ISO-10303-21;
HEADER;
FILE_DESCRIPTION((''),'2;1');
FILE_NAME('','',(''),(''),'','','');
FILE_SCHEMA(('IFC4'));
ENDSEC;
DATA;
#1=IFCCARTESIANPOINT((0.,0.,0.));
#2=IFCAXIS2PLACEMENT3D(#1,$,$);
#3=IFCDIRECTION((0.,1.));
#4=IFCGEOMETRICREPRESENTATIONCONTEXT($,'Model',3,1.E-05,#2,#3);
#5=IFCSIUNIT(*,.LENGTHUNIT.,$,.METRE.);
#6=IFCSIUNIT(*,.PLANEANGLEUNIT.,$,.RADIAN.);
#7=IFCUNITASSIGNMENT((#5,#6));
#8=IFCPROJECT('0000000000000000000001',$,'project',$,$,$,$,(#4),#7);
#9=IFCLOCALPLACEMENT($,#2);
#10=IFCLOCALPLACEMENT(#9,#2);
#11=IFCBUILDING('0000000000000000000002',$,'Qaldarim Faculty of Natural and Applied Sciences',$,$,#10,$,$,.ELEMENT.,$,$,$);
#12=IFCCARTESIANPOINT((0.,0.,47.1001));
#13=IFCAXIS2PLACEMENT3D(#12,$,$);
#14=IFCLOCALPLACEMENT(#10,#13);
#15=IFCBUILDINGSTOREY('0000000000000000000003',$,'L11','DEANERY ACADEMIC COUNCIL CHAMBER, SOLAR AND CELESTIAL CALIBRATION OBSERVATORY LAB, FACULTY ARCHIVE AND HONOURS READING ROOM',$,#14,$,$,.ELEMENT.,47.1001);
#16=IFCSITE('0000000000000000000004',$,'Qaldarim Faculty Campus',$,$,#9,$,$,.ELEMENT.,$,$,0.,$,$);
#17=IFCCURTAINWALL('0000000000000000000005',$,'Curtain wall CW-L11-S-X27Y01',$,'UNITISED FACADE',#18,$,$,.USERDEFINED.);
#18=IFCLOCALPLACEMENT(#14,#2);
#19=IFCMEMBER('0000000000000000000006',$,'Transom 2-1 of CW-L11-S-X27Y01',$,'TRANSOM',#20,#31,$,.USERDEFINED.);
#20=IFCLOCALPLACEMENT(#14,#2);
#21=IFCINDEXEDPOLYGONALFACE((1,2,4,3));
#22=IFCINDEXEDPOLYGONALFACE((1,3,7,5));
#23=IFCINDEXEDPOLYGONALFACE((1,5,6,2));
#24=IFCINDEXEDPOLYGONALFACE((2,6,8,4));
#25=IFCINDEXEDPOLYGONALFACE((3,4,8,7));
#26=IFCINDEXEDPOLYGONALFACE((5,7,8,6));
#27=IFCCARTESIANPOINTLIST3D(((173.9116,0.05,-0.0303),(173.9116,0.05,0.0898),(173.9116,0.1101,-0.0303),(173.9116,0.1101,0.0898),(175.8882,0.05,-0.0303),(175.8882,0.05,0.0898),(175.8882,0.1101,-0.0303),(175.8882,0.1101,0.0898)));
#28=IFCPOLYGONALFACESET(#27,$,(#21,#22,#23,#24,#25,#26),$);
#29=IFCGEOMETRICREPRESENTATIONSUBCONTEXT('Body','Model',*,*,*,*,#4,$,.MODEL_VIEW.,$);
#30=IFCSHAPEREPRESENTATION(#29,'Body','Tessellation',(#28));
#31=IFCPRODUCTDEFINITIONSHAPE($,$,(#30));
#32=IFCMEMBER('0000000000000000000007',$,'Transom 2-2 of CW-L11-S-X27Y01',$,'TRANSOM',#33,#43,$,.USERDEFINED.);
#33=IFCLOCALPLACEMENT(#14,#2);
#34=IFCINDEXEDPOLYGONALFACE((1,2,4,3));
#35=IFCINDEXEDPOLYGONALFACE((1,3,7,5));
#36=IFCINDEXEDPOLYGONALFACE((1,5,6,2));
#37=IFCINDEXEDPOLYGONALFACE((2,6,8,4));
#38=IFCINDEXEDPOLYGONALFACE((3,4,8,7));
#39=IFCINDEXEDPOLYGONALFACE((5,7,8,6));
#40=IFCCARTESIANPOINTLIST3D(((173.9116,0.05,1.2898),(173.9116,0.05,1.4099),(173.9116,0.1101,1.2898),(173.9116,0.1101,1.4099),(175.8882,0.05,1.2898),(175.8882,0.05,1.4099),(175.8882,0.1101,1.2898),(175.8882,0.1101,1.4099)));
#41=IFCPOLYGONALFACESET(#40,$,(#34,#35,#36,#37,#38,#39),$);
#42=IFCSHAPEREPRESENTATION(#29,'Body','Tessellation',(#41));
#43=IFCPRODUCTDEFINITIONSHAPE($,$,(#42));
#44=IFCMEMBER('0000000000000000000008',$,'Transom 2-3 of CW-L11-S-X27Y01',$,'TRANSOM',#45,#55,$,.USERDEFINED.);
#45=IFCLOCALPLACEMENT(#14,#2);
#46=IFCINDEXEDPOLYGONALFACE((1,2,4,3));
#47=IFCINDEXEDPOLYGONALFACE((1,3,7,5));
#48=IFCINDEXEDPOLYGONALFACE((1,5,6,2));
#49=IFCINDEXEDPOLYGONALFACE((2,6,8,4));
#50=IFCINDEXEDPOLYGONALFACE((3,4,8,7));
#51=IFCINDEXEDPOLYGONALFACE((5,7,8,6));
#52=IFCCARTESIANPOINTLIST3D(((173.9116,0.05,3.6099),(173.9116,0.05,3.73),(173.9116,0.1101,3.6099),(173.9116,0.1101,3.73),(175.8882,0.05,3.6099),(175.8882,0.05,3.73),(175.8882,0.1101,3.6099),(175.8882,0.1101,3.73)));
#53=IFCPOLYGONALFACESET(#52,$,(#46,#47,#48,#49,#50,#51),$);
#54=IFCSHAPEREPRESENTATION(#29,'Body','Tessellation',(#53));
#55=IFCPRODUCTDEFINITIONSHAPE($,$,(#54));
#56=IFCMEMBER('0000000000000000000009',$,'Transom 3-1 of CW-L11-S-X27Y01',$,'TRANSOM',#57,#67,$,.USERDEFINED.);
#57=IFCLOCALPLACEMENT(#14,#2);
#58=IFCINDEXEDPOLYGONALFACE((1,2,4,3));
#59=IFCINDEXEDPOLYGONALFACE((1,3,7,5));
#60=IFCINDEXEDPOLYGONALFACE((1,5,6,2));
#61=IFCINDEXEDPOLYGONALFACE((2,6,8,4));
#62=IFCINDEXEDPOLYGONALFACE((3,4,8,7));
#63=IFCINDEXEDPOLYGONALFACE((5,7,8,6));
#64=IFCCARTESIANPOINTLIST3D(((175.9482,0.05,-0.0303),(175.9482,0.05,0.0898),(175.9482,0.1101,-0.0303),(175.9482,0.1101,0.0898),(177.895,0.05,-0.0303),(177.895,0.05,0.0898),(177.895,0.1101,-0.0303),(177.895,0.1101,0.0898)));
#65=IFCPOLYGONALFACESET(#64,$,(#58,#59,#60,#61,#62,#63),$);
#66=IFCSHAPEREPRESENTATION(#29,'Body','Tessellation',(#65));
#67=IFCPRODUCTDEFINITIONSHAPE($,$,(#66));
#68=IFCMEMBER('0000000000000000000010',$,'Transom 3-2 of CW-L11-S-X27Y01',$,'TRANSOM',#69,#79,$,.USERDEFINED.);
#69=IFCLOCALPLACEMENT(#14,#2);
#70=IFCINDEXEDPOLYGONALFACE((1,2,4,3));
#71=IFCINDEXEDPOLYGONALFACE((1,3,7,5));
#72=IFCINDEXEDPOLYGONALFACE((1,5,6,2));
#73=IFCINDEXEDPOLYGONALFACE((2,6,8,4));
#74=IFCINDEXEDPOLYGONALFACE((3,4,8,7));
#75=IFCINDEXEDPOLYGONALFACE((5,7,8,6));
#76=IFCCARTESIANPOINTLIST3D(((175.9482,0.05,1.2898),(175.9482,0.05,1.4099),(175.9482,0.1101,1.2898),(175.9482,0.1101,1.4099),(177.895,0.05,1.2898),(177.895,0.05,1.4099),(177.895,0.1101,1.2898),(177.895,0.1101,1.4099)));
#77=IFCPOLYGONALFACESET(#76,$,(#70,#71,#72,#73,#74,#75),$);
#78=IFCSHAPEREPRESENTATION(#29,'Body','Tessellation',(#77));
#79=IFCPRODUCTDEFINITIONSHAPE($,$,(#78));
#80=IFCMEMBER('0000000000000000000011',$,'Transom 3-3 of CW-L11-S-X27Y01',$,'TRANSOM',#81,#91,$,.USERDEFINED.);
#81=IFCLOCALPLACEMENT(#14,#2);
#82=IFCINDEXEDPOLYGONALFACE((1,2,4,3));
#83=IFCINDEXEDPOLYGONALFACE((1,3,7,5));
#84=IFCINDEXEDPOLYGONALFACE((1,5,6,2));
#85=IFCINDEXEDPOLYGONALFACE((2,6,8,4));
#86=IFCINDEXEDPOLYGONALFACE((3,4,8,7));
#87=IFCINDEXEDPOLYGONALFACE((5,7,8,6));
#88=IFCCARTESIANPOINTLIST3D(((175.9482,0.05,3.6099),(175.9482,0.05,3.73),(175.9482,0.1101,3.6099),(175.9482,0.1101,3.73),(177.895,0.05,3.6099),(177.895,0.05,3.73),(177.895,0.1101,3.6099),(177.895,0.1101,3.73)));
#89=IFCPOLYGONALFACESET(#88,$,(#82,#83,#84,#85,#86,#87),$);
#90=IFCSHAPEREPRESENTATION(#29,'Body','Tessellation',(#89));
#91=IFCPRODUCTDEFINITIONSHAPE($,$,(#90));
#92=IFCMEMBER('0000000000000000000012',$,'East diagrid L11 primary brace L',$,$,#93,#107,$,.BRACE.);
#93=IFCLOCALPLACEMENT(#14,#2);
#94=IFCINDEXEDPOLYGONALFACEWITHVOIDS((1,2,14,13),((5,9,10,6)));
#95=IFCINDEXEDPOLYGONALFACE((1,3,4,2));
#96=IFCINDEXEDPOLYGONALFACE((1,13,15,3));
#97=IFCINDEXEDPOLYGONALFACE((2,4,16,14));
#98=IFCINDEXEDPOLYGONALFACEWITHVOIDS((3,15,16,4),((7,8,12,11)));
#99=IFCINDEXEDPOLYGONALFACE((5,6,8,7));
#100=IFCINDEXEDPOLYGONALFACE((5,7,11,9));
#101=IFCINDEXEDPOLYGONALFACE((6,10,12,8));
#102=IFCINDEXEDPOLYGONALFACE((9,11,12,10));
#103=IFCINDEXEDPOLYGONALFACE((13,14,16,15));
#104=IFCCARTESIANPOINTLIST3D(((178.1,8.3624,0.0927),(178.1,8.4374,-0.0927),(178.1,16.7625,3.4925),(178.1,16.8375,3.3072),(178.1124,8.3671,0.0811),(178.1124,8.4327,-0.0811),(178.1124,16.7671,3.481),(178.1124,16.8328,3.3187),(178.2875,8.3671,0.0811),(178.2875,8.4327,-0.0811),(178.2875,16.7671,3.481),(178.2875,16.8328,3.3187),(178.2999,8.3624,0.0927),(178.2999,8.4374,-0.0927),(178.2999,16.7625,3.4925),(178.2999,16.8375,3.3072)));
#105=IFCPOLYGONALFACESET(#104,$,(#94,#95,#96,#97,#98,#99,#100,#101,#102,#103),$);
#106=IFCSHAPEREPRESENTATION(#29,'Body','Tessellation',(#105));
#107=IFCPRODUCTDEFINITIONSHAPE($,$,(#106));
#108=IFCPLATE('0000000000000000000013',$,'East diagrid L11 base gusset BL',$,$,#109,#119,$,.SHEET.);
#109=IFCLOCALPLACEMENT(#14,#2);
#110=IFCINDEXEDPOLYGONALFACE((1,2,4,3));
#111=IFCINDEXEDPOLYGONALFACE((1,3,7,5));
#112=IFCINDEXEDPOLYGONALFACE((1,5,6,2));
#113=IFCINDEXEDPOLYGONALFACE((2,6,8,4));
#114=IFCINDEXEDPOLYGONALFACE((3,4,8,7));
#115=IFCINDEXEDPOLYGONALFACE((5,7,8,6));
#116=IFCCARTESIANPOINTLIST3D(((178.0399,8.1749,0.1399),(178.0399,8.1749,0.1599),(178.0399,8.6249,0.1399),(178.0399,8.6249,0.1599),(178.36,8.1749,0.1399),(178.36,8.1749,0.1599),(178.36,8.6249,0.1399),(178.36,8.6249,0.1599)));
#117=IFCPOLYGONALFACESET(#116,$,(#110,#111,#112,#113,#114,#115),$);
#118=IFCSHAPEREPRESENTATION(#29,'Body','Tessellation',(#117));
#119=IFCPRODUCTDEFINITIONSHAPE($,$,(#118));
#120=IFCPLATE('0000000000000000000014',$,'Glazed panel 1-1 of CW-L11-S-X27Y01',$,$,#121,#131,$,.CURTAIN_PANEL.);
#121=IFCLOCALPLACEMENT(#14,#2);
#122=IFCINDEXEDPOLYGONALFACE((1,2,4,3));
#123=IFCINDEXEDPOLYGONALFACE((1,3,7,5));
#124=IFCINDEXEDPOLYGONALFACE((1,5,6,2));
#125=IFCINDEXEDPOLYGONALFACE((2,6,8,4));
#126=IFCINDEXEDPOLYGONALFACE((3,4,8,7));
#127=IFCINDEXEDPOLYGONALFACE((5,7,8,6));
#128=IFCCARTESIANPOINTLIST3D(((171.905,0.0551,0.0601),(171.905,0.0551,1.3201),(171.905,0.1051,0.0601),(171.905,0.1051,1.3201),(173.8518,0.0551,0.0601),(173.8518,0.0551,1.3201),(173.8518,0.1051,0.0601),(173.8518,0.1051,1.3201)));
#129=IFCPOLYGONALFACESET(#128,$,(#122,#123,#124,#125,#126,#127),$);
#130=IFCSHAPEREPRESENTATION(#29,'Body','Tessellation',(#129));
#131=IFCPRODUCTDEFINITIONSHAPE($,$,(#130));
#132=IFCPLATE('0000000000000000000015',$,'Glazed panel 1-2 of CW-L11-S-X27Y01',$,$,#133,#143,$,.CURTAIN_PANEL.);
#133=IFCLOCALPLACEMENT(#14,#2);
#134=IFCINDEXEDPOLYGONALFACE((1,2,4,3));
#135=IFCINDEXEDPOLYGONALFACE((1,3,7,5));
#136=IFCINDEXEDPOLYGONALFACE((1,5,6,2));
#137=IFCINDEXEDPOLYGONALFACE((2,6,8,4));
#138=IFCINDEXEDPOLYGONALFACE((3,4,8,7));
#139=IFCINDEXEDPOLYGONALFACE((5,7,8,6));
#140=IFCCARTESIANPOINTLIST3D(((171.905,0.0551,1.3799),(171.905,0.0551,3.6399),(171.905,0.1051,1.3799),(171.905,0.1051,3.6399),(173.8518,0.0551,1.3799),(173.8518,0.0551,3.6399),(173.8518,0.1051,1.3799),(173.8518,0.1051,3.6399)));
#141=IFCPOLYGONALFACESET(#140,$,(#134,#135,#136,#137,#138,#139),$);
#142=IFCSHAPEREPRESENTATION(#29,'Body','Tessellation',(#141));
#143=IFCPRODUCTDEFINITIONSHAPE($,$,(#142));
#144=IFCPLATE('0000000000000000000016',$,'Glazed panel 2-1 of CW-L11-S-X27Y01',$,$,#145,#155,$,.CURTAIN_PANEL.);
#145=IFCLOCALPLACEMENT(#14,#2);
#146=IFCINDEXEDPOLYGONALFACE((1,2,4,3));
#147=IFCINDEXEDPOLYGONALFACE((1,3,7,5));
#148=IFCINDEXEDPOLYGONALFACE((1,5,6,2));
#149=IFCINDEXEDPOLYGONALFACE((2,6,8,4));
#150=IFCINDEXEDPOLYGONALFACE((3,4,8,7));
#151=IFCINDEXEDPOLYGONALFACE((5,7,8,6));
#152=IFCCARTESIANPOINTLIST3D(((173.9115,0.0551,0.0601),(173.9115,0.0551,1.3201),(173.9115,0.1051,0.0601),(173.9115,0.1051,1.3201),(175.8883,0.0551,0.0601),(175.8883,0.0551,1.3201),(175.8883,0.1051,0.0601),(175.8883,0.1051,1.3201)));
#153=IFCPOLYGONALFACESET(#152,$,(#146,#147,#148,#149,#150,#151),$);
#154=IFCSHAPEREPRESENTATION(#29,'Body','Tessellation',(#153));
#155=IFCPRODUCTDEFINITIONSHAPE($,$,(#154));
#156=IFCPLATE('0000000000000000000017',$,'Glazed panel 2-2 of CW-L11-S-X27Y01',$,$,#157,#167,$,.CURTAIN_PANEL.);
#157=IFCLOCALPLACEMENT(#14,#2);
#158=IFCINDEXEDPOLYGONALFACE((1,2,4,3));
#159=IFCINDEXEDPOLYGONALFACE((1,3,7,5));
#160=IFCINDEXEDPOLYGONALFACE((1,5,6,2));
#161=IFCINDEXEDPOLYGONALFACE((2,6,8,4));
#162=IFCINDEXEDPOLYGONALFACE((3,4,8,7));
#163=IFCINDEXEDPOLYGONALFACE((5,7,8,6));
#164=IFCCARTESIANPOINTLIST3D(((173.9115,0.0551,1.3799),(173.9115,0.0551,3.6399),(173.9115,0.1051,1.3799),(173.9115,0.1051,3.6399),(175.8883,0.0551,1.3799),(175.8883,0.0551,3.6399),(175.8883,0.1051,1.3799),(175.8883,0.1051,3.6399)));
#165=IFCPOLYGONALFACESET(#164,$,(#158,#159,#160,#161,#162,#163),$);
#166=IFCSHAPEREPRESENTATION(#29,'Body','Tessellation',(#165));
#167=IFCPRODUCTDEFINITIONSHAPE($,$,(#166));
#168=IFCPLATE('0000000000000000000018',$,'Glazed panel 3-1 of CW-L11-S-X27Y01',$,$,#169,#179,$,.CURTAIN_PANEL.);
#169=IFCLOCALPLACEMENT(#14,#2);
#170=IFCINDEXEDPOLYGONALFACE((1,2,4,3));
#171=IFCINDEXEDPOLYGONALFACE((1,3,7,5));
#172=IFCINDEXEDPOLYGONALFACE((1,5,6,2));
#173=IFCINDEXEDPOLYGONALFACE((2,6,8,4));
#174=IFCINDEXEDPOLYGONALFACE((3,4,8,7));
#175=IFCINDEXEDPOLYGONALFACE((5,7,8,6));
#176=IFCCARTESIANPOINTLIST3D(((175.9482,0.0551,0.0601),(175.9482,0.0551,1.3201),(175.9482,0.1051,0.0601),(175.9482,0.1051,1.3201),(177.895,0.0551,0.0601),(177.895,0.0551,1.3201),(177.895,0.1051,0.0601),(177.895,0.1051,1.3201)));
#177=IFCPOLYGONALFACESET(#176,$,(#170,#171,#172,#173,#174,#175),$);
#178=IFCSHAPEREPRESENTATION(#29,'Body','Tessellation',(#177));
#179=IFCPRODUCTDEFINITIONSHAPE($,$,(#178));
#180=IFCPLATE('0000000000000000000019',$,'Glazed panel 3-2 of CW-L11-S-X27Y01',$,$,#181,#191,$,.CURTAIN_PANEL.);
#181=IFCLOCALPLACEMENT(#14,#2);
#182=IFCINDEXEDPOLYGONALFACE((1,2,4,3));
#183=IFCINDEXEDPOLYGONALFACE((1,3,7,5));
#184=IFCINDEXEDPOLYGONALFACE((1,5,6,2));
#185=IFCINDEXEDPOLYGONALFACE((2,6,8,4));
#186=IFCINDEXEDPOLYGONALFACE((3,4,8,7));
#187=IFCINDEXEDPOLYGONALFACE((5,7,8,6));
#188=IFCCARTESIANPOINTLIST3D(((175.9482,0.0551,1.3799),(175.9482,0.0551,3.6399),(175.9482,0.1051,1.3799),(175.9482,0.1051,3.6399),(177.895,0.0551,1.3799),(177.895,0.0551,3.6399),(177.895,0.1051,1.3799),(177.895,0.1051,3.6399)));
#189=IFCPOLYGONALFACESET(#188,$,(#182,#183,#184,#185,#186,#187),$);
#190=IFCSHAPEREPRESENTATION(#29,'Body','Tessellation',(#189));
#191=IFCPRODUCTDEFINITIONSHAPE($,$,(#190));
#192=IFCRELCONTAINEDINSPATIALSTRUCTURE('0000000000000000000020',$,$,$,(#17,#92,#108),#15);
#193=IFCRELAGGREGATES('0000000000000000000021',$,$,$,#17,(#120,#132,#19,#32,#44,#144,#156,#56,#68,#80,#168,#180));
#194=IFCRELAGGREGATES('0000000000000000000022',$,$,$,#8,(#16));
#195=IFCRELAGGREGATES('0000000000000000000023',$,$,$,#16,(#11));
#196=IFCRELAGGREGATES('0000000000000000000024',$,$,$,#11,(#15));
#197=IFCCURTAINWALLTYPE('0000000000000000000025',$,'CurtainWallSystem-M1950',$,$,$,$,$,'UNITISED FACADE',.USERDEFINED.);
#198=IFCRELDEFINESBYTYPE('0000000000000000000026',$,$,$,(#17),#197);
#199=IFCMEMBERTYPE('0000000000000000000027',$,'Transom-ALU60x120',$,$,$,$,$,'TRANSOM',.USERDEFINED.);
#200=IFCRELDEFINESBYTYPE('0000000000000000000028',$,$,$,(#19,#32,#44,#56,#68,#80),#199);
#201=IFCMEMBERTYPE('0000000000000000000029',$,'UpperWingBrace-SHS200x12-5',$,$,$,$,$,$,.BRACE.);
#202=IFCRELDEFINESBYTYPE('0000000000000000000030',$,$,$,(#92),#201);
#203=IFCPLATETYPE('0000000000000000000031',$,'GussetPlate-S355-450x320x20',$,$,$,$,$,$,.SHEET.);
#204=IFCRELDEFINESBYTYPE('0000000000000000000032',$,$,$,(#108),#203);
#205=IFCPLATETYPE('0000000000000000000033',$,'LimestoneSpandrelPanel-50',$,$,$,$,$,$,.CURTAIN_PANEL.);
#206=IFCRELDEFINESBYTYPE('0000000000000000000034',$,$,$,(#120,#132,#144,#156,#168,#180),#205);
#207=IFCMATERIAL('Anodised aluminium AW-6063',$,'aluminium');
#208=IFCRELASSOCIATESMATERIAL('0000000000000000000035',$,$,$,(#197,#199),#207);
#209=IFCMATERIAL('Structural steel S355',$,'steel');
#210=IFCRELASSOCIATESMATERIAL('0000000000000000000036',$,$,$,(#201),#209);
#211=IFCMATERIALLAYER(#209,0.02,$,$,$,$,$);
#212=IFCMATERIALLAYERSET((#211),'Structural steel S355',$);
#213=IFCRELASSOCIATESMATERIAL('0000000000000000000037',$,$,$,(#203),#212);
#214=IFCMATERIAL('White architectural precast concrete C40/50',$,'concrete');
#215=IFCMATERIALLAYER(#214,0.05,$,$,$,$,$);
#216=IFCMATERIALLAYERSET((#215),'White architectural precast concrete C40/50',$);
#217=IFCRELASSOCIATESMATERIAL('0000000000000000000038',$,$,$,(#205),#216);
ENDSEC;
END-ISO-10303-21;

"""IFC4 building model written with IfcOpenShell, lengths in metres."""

from ifc_helpers import new_model, si_unit, direction, frame, origin, origin_2d, place, context, subcontext, project, spatial, rectangle, hollow_rectangle, extrude, material, layer, layer_set, material_profile, profile_set, type_object, element, aggregate, save


model = new_model("IFC4")

# Units and contexts
model_context = context("Model", 3, precision=1e-05, world=origin(), true_north=direction((0.0, 1.0)))
body_context = subcontext(model_context, "Body", "Model", "MODEL_VIEW")
ifc_project = project(units=[si_unit("LENGTHUNIT", "METRE"), si_unit("PLANEANGLEUNIT", "RADIAN")], contexts=[model_context])

# Site, building, storey
site_placement = place(None, origin())
site = spatial("IfcSite", under=ifc_project, at=site_placement, Name="Qaldarim Faculty Campus", CompositionType="ELEMENT", RefElevation=0.0)
building_placement = place(site_placement, origin())
building = spatial("IfcBuilding", under=site, at=building_placement, Name="Qaldarim Faculty of Natural and Applied Sciences", CompositionType="ELEMENT")
storey_placement = place(building_placement, frame((0.0, 0.0, 47.1001)))
storey = spatial("IfcBuildingStorey", under=building, at=storey_placement, Name="L11", Description="DEANERY ACADEMIC COUNCIL CHAMBER, SOLAR AND CELESTIAL CALIBRATION OBSERVATORY LAB, FACULTY ARCHIVE AND HONOURS READING ROOM", CompositionType="ELEMENT", Elevation=47.1001)

# Curtain wall
ifc_material_1 = material(Name="Anodised aluminium AW-6063", Category="aluminium")
curtain_wall_type = type_object("IfcCurtainWallType", Name="CurtainWallSystem-M1950", ElementType="UNITISED FACADE", PredefinedType="USERDEFINED", material=ifc_material_1)
curtain_wall_placement = place(storey_placement, origin())
curtain_wall = element("IfcCurtainWall", 1, at=curtain_wall_placement, inside=storey, type_object=curtain_wall_type, Name="Curtain wall CW-L11-S-X27Y01", ObjectType="UNITISED FACADE", PredefinedType="USERDEFINED")

# Members
ifc_material_profile_1 = material_profile(ifc_material_1, rectangle(XDim=0.0601, YDim=0.1201, at=origin_2d()), Name="ALU-T60x120")
ifc_profile_set_1 = profile_set([ifc_material_profile_1], Name="Anodised aluminium AW-6063")
member_type_1 = type_object("IfcMemberType", Name="Transom-ALU60x120", ElementType="TRANSOM", PredefinedType="USERDEFINED", material=ifc_profile_set_1)
member_1_placement = place(storey_placement, frame((173.9116, 0.0801, 0.0298), z_axis=(1.0, 0.0, 0.0), x_axis=(0.0, 1.0, 0.0)))
member_1 = element("IfcMember", 2, at=member_1_placement, type_object=member_type_1, Name="Transom 2-1 of CW-L11-S-X27Y01", ObjectType="TRANSOM", PredefinedType="USERDEFINED", context=body_context, shape_type="SweptSolid", body=[
    extrude(rectangle(XDim=0.0601, YDim=0.1201, at=origin_2d()), origin(), (0.0, 0.0, 1.0), 1.9766),
])
member_2_placement = place(storey_placement, frame((173.9116, 0.0801, 1.3499), z_axis=(1.0, 0.0, 0.0), x_axis=(0.0, 1.0, 0.0)))
member_2 = element("IfcMember", 3, at=member_2_placement, type_object=member_type_1, Name="Transom 2-2 of CW-L11-S-X27Y01", ObjectType="TRANSOM", PredefinedType="USERDEFINED", context=body_context, shape_type="SweptSolid", body=[
    extrude(rectangle(XDim=0.0601, YDim=0.1201, at=origin_2d()), origin(), (0.0, 0.0, 1.0), 1.9766),
])
member_3_placement = place(storey_placement, frame((173.9116, 0.0801, 3.6699), z_axis=(1.0, 0.0, 0.0), x_axis=(0.0, 1.0, 0.0)))
member_3 = element("IfcMember", 4, at=member_3_placement, type_object=member_type_1, Name="Transom 2-3 of CW-L11-S-X27Y01", ObjectType="TRANSOM", PredefinedType="USERDEFINED", context=body_context, shape_type="SweptSolid", body=[
    extrude(rectangle(XDim=0.0601, YDim=0.1201, at=origin_2d()), origin(), (0.0, 0.0, 1.0), 1.9766),
])
member_4_placement = place(storey_placement, frame((175.9482, 0.0801, 0.0298), z_axis=(1.0, 0.0, 0.0), x_axis=(0.0, 1.0, 0.0)))
member_4 = element("IfcMember", 5, at=member_4_placement, type_object=member_type_1, Name="Transom 3-1 of CW-L11-S-X27Y01", ObjectType="TRANSOM", PredefinedType="USERDEFINED", context=body_context, shape_type="SweptSolid", body=[
    extrude(rectangle(XDim=0.0601, YDim=0.1201, at=origin_2d()), origin(), (0.0, 0.0, 1.0), 1.9468),
])
member_5_placement = place(storey_placement, frame((175.9482, 0.0801, 1.3499), z_axis=(1.0, 0.0, 0.0), x_axis=(0.0, 1.0, 0.0)))
member_5 = element("IfcMember", 6, at=member_5_placement, type_object=member_type_1, Name="Transom 3-2 of CW-L11-S-X27Y01", ObjectType="TRANSOM", PredefinedType="USERDEFINED", context=body_context, shape_type="SweptSolid", body=[
    extrude(rectangle(XDim=0.0601, YDim=0.1201, at=origin_2d()), origin(), (0.0, 0.0, 1.0), 1.9468),
])
member_6_placement = place(storey_placement, frame((175.9482, 0.0801, 3.6699), z_axis=(1.0, 0.0, 0.0), x_axis=(0.0, 1.0, 0.0)))
member_6 = element("IfcMember", 7, at=member_6_placement, type_object=member_type_1, Name="Transom 3-3 of CW-L11-S-X27Y01", ObjectType="TRANSOM", PredefinedType="USERDEFINED", context=body_context, shape_type="SweptSolid", body=[
    extrude(rectangle(XDim=0.0601, YDim=0.1201, at=origin_2d()), origin(), (0.0, 0.0, 1.0), 1.9468),
])
ifc_material_2 = material(Name="Structural steel S355", Category="steel")
ifc_material_profile_2 = material_profile(ifc_material_2, hollow_rectangle(XDim=0.2, YDim=0.2, WallThickness=0.0125, at=origin_2d()), Name="SHS 200x200x12.5")
ifc_profile_set_2 = profile_set([ifc_material_profile_2], Name="Structural steel S355")
member_type_2 = type_object("IfcMemberType", Name="UpperWingBrace-SHS200x12-5", PredefinedType="BRACE", material=ifc_profile_set_2)
member_7_placement = place(storey_placement, frame((178.2, 8.3999, 0.0), z_axis=(0.0, 0.926953, 0.375178), x_axis=(-1.0, 0.0, 0.0)))
element("IfcMember", 8, at=member_7_placement, inside=storey, type_object=member_type_2, Name="East diagrid L11 primary brace L", PredefinedType="BRACE", context=body_context, shape_type="SweptSolid", body=[
    extrude(hollow_rectangle(XDim=0.2, YDim=0.2, WallThickness=0.0125, at=origin_2d()), origin(), (0.0, 0.0, 1.0), 9.062),
])

# Plates
ifc_layer_1 = layer(ifc_material_2, 0.02)
ifc_layer_set_1 = layer_set([ifc_layer_1], Name="Structural steel S355")
plate_type_1 = type_object("IfcPlateType", Name="GussetPlate-S355-450x320x20", PredefinedType="SHEET", material=ifc_layer_set_1)
plate_1_placement = place(storey_placement, frame((178.2, 8.3999, 0.1399), z_axis=(0.0, 0.0, 1.0), x_axis=(0.0, 1.0, 0.0)))
element("IfcPlate", 9, at=plate_1_placement, inside=storey, type_object=plate_type_1, Name="East diagrid L11 base gusset BL", PredefinedType="SHEET", context=body_context, shape_type="SweptSolid", body=[
    extrude(rectangle(XDim=0.45, YDim=0.3201, at=origin_2d()), origin(), (0.0, 0.0, 1.0), 0.02),
])
ifc_material_3 = material(Name="White architectural precast concrete C40/50", Category="concrete")
ifc_layer_2 = layer(ifc_material_3, 0.05)
ifc_layer_set_2 = layer_set([ifc_layer_2], Name="White architectural precast concrete C40/50")
plate_type_2 = type_object("IfcPlateType", Name="LimestoneSpandrelPanel-50", PredefinedType="CURTAIN_PANEL", material=ifc_layer_set_2)
plate_2_placement = place(storey_placement, frame((172.8784, 0.0801, 0.0601), z_axis=(0.0, 0.0, 1.0), x_axis=(1.0, 0.0, 0.0)))
plate_2 = element("IfcPlate", 10, at=plate_2_placement, type_object=plate_type_2, Name="Glazed panel 1-1 of CW-L11-S-X27Y01", PredefinedType="CURTAIN_PANEL", context=body_context, shape_type="SweptSolid", body=[
    extrude(rectangle(XDim=1.9468, YDim=0.05, at=origin_2d()), origin(), (0.0, 0.0, 1.0), 1.26),
])
plate_3_placement = place(storey_placement, frame((172.8784, 0.0801, 1.3799), z_axis=(0.0, 0.0, 1.0), x_axis=(1.0, 0.0, 0.0)))
plate_3 = element("IfcPlate", 11, at=plate_3_placement, type_object=plate_type_2, Name="Glazed panel 1-2 of CW-L11-S-X27Y01", PredefinedType="CURTAIN_PANEL", context=body_context, shape_type="SweptSolid", body=[
    extrude(rectangle(XDim=1.9468, YDim=0.05, at=origin_2d()), origin(), (0.0, 0.0, 1.0), 2.26),
])
plate_4_placement = place(storey_placement, frame((174.8999, 0.0801, 0.0601), z_axis=(0.0, 0.0, 1.0), x_axis=(1.0, 0.0, 0.0)))
plate_4 = element("IfcPlate", 12, at=plate_4_placement, type_object=plate_type_2, Name="Glazed panel 2-1 of CW-L11-S-X27Y01", PredefinedType="CURTAIN_PANEL", context=body_context, shape_type="SweptSolid", body=[
    extrude(rectangle(XDim=1.9768, YDim=0.05, at=origin_2d()), origin(), (0.0, 0.0, 1.0), 1.26),
])
plate_5_placement = place(storey_placement, frame((174.8999, 0.0801, 1.3799), z_axis=(0.0, 0.0, 1.0), x_axis=(1.0, 0.0, 0.0)))
plate_5 = element("IfcPlate", 13, at=plate_5_placement, type_object=plate_type_2, Name="Glazed panel 2-2 of CW-L11-S-X27Y01", PredefinedType="CURTAIN_PANEL", context=body_context, shape_type="SweptSolid", body=[
    extrude(rectangle(XDim=1.9768, YDim=0.05, at=origin_2d()), origin(), (0.0, 0.0, 1.0), 2.26),
])
plate_6_placement = place(storey_placement, frame((176.9216, 0.0801, 0.0601), z_axis=(0.0, 0.0, 1.0), x_axis=(1.0, 0.0, 0.0)))
plate_6 = element("IfcPlate", 14, at=plate_6_placement, type_object=plate_type_2, Name="Glazed panel 3-1 of CW-L11-S-X27Y01", PredefinedType="CURTAIN_PANEL", context=body_context, shape_type="SweptSolid", body=[
    extrude(rectangle(XDim=1.9468, YDim=0.05, at=origin_2d()), origin(), (0.0, 0.0, 1.0), 1.26),
])
plate_7_placement = place(storey_placement, frame((176.9216, 0.0801, 1.3799), z_axis=(0.0, 0.0, 1.0), x_axis=(1.0, 0.0, 0.0)))
plate_7 = element("IfcPlate", 15, at=plate_7_placement, type_object=plate_type_2, Name="Glazed panel 3-2 of CW-L11-S-X27Y01", PredefinedType="CURTAIN_PANEL", context=body_context, shape_type="SweptSolid", body=[
    extrude(rectangle(XDim=1.9468, YDim=0.05, at=origin_2d()), origin(), (0.0, 0.0, 1.0), 2.26),
])
aggregate(curtain_wall, [plate_2, plate_3, member_1, member_2, member_3, plate_4, plate_5, member_4, member_5, member_6, plate_6, plate_7])

save(model, "model.ifc")
